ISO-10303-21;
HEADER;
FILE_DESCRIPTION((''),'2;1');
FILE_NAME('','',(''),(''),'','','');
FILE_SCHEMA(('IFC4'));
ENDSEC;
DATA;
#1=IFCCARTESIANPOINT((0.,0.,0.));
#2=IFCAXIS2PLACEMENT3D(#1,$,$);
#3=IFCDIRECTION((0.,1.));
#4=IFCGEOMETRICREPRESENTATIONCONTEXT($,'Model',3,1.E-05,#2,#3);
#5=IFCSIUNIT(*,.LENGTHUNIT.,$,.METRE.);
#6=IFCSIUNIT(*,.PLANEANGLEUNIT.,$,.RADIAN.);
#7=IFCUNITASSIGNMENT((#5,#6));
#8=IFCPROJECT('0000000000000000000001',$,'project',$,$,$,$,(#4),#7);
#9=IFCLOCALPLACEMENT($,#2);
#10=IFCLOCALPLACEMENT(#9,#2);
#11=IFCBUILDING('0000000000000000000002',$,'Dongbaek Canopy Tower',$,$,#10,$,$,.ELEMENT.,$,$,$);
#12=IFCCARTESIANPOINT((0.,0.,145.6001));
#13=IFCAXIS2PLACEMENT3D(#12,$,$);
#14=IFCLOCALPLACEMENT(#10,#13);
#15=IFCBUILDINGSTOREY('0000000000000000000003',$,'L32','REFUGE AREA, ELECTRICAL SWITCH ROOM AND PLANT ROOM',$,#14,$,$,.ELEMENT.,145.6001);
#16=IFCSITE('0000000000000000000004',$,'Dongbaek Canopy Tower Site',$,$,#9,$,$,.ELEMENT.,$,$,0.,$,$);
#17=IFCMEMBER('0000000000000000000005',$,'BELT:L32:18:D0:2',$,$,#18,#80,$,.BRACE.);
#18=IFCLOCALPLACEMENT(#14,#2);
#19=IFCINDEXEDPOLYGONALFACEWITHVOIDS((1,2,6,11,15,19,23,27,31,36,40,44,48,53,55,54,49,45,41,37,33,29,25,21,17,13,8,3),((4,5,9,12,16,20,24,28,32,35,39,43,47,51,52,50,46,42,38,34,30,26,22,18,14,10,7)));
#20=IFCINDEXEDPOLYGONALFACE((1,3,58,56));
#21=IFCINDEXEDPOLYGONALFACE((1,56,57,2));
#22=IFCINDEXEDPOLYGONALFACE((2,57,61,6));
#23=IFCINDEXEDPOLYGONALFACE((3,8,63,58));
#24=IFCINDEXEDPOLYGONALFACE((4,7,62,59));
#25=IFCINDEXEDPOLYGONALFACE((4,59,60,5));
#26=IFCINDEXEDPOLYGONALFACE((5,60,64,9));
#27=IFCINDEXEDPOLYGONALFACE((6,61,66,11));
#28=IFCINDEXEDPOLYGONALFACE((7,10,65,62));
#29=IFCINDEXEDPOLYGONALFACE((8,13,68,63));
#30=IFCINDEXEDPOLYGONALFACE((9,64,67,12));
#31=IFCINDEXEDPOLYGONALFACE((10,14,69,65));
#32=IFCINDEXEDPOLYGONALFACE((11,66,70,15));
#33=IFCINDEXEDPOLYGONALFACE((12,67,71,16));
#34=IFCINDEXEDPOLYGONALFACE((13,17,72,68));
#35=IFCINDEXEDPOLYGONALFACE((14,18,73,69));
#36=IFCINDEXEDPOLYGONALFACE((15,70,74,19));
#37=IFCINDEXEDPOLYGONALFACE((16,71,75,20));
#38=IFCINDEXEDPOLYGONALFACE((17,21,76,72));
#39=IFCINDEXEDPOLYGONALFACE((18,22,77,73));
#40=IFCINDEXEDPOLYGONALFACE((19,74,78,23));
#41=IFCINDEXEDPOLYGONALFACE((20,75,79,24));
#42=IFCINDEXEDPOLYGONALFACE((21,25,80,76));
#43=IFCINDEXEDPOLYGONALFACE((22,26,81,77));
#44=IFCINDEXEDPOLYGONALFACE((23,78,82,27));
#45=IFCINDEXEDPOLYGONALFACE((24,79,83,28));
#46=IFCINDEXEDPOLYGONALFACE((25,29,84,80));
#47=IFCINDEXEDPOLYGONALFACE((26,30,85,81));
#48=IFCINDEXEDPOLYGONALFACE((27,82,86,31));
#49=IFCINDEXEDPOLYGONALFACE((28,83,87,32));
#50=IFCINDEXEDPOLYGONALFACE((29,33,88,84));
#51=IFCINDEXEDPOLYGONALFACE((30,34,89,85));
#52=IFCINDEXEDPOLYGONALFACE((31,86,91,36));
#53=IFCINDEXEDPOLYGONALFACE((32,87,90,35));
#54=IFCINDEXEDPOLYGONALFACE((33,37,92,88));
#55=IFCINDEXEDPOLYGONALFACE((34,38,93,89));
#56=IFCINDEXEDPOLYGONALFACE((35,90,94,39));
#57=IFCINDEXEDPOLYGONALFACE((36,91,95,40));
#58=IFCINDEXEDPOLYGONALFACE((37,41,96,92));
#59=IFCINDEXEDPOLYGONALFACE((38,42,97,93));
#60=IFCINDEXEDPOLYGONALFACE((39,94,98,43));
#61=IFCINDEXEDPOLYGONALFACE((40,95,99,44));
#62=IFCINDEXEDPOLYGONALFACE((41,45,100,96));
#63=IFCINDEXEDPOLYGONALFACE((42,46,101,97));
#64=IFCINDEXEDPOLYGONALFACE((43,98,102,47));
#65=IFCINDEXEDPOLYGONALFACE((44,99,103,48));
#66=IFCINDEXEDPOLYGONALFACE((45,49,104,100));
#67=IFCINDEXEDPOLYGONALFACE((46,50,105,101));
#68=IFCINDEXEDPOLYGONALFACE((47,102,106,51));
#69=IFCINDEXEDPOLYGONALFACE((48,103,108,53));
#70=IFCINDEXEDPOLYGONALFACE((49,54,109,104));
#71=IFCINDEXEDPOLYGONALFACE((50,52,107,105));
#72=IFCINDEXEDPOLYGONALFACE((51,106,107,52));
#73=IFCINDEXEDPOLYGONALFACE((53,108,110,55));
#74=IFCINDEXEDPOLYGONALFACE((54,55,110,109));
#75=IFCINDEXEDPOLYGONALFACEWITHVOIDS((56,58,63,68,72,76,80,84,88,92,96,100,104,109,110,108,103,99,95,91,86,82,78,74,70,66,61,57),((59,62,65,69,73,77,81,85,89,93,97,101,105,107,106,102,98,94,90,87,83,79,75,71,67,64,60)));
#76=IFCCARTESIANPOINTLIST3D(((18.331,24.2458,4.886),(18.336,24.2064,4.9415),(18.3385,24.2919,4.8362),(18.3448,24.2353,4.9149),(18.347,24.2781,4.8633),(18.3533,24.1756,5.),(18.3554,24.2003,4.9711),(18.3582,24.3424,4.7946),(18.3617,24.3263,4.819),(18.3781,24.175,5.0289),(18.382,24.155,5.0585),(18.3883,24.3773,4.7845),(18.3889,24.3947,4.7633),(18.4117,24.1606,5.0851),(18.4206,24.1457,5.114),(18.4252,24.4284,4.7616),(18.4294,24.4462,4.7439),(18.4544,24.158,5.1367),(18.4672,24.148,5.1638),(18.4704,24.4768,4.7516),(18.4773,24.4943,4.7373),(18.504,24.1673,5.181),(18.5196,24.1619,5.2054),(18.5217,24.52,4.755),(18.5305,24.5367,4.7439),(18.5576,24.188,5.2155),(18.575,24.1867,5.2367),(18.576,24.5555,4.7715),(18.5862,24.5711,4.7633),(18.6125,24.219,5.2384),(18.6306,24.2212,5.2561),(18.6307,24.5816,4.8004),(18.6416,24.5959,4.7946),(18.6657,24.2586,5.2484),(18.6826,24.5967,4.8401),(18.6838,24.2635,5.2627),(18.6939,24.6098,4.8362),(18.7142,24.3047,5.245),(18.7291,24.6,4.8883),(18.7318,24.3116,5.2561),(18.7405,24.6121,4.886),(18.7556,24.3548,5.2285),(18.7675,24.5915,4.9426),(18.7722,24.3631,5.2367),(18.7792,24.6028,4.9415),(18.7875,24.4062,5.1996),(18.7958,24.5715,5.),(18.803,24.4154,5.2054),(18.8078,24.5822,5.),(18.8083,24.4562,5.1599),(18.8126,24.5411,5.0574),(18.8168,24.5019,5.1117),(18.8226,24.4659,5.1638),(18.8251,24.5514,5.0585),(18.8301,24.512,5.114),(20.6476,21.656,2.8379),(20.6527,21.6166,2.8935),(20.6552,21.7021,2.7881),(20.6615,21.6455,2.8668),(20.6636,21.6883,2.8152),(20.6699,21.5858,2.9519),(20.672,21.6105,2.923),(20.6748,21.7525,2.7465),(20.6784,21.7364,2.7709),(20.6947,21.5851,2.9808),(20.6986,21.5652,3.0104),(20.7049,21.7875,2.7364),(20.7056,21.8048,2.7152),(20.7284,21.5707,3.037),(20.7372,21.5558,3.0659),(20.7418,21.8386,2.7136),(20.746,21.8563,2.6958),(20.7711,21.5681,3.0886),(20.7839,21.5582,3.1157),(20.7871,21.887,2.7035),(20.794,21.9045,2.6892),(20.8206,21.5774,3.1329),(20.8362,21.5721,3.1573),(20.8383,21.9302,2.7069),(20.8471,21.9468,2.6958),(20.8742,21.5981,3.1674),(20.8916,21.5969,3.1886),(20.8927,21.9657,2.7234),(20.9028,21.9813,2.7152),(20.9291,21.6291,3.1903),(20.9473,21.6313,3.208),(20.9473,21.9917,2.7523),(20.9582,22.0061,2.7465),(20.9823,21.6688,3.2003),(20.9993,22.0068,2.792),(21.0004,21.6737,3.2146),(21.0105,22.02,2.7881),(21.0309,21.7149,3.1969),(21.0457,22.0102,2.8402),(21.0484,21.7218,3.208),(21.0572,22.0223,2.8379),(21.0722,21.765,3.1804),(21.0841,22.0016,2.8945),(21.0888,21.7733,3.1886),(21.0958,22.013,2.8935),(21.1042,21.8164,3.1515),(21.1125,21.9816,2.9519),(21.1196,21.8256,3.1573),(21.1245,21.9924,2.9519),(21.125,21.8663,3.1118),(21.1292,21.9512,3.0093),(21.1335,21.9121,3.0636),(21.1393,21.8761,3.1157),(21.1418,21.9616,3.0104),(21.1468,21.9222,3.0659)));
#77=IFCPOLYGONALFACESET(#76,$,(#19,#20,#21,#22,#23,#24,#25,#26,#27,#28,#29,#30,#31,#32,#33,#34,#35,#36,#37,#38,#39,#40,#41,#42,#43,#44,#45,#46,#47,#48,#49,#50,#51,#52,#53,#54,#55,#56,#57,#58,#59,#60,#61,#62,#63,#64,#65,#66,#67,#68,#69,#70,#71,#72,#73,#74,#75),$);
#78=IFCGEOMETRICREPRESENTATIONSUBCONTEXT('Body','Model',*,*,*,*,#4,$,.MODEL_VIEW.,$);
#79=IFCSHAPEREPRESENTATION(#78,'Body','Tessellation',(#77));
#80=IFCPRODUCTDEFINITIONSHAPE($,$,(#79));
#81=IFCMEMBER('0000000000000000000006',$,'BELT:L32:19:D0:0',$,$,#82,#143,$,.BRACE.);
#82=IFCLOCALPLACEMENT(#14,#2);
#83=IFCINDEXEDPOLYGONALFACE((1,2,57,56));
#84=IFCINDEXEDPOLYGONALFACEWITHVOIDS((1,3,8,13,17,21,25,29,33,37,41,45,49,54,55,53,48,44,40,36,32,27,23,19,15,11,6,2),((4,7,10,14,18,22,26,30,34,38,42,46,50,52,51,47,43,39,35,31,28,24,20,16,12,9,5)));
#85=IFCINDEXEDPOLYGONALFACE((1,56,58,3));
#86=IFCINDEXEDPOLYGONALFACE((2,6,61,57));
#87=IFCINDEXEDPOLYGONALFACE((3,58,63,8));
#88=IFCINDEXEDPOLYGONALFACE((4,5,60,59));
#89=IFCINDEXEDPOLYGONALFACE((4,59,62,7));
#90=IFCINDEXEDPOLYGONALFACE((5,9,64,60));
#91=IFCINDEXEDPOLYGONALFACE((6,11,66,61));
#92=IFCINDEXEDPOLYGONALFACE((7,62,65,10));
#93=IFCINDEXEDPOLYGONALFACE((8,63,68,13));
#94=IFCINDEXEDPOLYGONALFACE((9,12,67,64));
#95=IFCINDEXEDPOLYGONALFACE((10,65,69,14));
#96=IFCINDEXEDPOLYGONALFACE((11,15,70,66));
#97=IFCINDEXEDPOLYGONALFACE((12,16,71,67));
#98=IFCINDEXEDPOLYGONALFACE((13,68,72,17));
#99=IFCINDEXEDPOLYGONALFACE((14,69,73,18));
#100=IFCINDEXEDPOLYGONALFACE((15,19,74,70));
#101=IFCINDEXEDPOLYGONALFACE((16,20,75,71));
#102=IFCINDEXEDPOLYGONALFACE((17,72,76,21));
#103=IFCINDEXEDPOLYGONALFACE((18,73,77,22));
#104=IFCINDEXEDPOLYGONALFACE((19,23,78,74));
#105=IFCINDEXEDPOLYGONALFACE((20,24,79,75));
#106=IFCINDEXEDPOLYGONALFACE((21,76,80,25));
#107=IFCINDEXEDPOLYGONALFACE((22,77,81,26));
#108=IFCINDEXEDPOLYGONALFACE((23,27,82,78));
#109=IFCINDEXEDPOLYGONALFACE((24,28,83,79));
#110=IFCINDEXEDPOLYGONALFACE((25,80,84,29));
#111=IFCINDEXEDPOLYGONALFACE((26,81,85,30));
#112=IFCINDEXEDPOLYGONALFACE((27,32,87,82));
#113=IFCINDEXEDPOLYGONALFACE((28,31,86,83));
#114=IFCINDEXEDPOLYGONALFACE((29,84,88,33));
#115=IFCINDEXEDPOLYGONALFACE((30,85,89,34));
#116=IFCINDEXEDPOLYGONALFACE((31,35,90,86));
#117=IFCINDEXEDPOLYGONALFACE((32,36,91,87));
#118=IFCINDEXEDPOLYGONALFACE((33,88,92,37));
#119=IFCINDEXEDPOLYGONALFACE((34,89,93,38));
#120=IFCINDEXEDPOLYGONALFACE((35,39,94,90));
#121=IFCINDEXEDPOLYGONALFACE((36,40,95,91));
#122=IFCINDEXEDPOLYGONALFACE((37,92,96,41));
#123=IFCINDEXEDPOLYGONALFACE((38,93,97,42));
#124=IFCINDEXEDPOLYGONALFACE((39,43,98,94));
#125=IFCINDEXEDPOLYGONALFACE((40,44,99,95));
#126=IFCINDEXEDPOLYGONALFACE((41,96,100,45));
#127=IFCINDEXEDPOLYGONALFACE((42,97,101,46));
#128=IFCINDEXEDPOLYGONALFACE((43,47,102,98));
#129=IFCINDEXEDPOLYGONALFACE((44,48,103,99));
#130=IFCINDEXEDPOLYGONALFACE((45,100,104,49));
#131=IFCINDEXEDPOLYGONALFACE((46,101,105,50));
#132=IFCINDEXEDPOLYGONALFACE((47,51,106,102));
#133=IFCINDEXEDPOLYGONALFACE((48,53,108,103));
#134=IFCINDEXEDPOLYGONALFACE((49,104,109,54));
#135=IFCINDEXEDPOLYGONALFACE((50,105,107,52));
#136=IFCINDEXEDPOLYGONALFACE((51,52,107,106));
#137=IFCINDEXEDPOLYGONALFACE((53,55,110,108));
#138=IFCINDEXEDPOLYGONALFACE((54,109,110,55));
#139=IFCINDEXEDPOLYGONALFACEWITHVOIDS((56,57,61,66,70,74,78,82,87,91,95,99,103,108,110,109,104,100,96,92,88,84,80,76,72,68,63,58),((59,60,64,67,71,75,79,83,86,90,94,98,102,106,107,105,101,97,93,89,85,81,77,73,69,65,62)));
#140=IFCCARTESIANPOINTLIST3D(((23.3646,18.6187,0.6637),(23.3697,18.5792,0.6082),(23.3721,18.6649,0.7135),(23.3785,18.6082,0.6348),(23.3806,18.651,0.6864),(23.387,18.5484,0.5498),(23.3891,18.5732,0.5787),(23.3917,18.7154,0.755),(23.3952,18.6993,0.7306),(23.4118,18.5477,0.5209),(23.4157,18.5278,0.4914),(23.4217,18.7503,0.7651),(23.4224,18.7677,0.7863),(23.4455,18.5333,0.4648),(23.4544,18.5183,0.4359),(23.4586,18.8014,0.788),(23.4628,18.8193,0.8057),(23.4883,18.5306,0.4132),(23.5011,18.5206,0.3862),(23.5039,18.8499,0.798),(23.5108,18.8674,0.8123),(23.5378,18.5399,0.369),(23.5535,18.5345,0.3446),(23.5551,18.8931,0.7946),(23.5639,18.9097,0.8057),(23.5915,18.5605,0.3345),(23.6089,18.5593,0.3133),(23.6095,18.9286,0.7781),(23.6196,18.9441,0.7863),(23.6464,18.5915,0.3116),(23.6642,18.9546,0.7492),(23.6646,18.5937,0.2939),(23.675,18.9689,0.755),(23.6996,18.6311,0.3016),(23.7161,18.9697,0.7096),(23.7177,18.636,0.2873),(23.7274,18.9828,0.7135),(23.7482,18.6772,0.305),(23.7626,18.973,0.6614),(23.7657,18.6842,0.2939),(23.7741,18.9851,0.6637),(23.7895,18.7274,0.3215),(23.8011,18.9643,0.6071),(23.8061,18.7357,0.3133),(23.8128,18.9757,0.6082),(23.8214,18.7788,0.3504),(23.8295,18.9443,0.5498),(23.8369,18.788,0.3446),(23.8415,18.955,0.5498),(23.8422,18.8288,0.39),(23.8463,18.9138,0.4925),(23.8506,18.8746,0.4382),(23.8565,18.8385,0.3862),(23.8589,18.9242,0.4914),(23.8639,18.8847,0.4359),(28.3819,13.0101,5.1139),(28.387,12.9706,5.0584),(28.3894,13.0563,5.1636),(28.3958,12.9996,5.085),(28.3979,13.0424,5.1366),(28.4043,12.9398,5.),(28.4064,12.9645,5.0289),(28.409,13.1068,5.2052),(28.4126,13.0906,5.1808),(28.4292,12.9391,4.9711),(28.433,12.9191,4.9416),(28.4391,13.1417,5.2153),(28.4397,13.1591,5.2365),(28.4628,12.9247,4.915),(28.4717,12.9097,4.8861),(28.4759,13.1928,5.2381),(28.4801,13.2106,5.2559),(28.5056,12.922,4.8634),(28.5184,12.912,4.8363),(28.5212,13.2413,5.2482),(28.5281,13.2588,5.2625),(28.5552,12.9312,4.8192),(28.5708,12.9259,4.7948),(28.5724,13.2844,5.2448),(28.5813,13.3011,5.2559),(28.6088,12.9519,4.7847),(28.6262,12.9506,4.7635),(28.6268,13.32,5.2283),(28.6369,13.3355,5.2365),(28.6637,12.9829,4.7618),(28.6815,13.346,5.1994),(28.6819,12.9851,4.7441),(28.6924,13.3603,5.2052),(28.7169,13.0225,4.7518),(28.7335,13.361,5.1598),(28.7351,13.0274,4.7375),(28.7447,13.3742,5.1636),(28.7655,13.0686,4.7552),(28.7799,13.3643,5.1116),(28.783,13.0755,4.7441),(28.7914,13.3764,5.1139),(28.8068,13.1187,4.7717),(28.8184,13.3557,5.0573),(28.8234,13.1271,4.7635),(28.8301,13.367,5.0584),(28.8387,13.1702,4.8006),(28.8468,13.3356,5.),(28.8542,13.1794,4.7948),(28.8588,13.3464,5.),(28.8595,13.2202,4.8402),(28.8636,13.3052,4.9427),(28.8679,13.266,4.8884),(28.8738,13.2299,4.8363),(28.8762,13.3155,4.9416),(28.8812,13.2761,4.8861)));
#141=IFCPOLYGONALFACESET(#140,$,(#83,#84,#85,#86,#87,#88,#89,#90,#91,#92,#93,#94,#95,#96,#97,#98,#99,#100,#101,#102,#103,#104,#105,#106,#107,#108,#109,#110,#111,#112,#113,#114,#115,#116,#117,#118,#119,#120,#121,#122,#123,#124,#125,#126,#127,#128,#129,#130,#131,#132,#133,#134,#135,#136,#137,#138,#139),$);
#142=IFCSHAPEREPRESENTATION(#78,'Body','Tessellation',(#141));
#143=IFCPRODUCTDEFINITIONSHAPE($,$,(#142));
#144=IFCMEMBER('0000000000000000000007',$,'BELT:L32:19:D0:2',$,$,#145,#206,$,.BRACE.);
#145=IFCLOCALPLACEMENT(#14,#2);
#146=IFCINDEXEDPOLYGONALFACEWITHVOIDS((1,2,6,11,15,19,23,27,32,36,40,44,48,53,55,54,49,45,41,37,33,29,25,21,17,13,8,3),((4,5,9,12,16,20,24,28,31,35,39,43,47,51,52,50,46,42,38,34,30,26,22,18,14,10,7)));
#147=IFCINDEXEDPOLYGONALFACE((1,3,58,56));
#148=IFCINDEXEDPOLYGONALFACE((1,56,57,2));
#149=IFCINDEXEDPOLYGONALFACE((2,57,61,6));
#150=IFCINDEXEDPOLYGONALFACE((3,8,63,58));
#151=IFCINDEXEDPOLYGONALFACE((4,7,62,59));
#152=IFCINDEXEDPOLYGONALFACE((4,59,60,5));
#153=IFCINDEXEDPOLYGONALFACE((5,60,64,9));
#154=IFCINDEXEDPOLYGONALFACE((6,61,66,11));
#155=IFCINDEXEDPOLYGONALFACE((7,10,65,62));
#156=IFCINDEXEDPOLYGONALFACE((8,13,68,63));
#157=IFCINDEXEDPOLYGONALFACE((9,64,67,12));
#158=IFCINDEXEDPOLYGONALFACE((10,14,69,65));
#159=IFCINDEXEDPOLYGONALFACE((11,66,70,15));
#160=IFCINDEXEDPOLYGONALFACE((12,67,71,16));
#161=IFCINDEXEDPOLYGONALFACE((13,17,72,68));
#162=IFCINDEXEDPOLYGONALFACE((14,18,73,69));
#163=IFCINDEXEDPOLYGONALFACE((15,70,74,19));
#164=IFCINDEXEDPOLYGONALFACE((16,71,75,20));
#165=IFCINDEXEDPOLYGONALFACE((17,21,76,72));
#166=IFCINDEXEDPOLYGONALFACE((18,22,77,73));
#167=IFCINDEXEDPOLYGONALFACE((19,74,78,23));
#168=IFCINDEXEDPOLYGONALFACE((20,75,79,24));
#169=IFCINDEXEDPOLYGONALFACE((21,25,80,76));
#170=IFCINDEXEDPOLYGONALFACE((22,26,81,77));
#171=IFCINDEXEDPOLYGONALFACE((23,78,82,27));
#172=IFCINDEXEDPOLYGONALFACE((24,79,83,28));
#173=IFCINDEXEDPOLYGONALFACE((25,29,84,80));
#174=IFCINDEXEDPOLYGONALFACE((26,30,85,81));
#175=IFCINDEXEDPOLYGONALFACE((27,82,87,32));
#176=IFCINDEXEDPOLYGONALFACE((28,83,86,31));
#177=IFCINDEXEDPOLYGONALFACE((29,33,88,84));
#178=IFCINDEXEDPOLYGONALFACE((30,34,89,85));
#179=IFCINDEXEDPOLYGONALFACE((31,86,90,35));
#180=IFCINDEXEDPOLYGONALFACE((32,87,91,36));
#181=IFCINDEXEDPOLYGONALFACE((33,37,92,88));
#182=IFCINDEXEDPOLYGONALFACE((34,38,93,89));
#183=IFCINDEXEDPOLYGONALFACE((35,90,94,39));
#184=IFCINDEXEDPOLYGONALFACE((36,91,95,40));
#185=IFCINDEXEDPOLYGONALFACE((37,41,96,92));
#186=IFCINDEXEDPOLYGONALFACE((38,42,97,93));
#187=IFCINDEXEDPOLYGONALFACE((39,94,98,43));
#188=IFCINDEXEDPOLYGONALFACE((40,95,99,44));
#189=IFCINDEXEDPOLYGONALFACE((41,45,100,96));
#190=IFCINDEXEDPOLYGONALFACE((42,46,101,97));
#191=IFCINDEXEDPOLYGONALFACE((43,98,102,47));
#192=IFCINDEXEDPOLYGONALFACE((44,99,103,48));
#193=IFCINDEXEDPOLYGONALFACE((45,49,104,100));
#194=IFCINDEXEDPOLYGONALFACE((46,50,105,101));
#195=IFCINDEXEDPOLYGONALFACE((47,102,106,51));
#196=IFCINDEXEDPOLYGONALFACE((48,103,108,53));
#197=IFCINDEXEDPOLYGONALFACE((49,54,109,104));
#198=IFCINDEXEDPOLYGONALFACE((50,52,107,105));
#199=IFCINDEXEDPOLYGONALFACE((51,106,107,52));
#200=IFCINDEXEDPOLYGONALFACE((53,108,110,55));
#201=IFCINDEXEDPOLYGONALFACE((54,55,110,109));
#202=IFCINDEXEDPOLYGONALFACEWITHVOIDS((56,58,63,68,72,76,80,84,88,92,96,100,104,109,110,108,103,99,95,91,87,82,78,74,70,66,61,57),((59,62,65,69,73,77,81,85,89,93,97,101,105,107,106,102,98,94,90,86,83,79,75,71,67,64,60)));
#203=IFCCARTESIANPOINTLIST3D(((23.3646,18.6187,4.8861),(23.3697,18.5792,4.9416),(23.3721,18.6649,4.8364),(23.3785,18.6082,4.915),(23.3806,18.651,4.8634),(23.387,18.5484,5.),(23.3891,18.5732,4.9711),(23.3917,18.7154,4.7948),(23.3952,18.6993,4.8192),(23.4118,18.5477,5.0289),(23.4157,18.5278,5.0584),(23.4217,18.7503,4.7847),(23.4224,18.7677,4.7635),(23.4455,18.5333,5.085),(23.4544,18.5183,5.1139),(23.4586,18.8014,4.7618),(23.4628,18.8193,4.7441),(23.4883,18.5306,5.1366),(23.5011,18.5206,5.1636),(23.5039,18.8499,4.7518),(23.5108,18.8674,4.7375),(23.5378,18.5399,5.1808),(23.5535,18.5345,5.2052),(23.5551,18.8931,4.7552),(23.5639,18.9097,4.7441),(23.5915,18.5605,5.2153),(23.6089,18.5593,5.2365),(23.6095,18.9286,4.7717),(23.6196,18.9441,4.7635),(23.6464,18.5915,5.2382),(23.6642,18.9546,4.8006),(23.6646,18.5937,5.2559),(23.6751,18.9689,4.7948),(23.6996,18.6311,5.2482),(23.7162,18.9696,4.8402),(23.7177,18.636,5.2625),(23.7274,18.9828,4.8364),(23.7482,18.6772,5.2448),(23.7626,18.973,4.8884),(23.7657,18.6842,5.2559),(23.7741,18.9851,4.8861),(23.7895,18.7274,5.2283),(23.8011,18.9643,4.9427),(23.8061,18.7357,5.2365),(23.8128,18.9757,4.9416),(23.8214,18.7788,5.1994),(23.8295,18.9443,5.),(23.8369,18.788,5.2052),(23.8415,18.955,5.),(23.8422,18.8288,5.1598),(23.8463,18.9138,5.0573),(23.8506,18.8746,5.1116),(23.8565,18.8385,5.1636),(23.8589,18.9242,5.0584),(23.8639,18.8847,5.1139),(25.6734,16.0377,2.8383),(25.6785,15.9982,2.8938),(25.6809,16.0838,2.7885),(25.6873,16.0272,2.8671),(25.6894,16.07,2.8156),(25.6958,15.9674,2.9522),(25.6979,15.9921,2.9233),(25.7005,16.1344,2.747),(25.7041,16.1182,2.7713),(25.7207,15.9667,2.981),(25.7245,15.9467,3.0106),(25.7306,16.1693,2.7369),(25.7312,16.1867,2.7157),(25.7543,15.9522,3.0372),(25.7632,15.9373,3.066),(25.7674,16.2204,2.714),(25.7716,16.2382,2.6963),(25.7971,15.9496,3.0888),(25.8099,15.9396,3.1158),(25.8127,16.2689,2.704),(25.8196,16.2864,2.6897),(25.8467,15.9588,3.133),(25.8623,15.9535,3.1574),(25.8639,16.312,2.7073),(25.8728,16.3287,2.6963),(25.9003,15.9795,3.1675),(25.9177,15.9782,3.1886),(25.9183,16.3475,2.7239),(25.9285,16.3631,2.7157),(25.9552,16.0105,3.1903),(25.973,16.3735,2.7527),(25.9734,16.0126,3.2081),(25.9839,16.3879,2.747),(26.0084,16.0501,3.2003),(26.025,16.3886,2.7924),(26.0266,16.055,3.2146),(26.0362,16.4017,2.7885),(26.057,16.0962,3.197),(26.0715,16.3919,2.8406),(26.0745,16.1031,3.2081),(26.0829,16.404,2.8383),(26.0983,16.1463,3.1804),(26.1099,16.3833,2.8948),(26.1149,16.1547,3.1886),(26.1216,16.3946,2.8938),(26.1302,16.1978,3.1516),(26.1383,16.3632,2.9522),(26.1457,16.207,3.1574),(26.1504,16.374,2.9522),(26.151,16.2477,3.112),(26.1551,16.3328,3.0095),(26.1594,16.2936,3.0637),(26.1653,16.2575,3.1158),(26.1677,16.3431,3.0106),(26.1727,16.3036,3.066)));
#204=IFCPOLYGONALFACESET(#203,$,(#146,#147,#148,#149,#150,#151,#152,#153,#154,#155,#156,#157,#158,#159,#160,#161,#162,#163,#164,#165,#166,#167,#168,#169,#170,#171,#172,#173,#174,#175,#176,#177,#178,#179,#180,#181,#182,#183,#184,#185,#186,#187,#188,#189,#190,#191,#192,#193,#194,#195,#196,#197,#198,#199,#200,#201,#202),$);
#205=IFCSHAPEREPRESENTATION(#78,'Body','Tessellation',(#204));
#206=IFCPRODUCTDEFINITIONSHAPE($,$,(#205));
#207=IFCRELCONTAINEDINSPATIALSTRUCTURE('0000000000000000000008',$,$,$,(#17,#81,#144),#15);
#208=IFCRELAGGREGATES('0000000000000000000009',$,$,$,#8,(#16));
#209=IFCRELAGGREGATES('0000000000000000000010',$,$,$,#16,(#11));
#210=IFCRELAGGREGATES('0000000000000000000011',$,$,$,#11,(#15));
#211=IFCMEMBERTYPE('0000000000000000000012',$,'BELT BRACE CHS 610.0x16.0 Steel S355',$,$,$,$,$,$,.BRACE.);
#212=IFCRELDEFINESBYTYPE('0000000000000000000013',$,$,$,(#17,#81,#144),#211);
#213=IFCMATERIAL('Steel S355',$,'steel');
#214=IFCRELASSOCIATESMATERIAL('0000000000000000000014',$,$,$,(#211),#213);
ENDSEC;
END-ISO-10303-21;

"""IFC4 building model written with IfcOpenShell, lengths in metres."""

from ifc_helpers import new_model, si_unit, direction, frame, origin, origin_2d, place, context, subcontext, project, spatial, hollow_circle, extrude, material, material_profile, profile_set, type_object, element, save


model = new_model("IFC4")

# Units and contexts
model_context = context("Model", 3, precision=1e-05, world=origin(), true_north=direction((0.0, 1.0)))
body_context = subcontext(model_context, "Body", "Model", "MODEL_VIEW")
ifc_project = project(units=[si_unit("LENGTHUNIT", "METRE"), si_unit("PLANEANGLEUNIT", "RADIAN")], contexts=[model_context])

# Site, building, storey
site_placement = place(None, origin())
site = spatial("IfcSite", under=ifc_project, at=site_placement, Name="Dongbaek Canopy Tower Site", CompositionType="ELEMENT", RefElevation=0.0)
building_placement = place(site_placement, origin())
building = spatial("IfcBuilding", under=site, at=building_placement, Name="Dongbaek Canopy Tower", CompositionType="ELEMENT")
storey_placement = place(building_placement, frame((0.0, 0.0, 145.6001)))
storey = spatial("IfcBuildingStorey", under=building, at=storey_placement, Name="L32", Description="REFUGE AREA, ELECTRICAL SWITCH ROOM AND PLANT ROOM", CompositionType="ELEMENT", Elevation=145.6001)

# Members
ifc_material_1 = material(Name="Steel S355", Category="steel")
ifc_material_profile_1 = material_profile(ifc_material_1, hollow_circle(Radius=0.3049, WallThickness=0.0161, at=origin_2d()), Name="BELT BRACE CHS 610.0x16.0 Steel S355")
ifc_profile_set_1 = profile_set([ifc_material_profile_1], Name="Steel S355")
member_type_1 = type_object("IfcMemberType", Name="BELT BRACE CHS 610.0x16.0 Steel S355", PredefinedType="BRACE", material=ifc_profile_set_1)
member_1_placement = place(storey_placement, frame((18.5806, 24.3789, 5.0), z_axis=(0.574357, -0.642089, -0.507776), x_axis=(0.745324, 0.666702, 0.0)))
element("IfcMember", 1, at=member_1_placement, inside=storey, type_object=member_type_1, Name="BELT:L32:18:D0:2", PredefinedType="BRACE", context=body_context, shape_type="SweptSolid", body=[
    extrude(hollow_circle(Radius=0.3049, WallThickness=0.0161, at=origin_2d()), origin(), (0.0, 0.0, 1.0), 4.0334),
])
member_2_placement = place(storey_placement, frame((23.6143, 18.7517, 0.5498), z_axis=(0.573889, -0.641523, 0.509019), x_axis=(0.745302, 0.666727, 0.0)))
element("IfcMember", 2, at=member_2_placement, inside=storey, type_object=member_type_1, Name="BELT:L32:19:D0:0", PredefinedType="BRACE", context=body_context, shape_type="SweptSolid", body=[
    extrude(hollow_circle(Radius=0.3049, WallThickness=0.0161, at=origin_2d()), origin(), (0.0, 0.0, 1.0), 8.7427),
])
member_3_placement = place(storey_placement, frame((23.6143, 18.7517, 5.0), z_axis=(0.573879, -0.64154, -0.509009), x_axis=(0.745317, 0.66671, 0.0)))
element("IfcMember", 3, at=member_3_placement, inside=storey, type_object=member_type_1, Name="BELT:L32:19:D0:2", PredefinedType="BRACE", context=body_context, shape_type="SweptSolid", body=[
    extrude(hollow_circle(Radius=0.3049, WallThickness=0.0161, at=origin_2d()), origin(), (0.0, 0.0, 1.0), 4.0232),
])

save(model, "model.ifc")
